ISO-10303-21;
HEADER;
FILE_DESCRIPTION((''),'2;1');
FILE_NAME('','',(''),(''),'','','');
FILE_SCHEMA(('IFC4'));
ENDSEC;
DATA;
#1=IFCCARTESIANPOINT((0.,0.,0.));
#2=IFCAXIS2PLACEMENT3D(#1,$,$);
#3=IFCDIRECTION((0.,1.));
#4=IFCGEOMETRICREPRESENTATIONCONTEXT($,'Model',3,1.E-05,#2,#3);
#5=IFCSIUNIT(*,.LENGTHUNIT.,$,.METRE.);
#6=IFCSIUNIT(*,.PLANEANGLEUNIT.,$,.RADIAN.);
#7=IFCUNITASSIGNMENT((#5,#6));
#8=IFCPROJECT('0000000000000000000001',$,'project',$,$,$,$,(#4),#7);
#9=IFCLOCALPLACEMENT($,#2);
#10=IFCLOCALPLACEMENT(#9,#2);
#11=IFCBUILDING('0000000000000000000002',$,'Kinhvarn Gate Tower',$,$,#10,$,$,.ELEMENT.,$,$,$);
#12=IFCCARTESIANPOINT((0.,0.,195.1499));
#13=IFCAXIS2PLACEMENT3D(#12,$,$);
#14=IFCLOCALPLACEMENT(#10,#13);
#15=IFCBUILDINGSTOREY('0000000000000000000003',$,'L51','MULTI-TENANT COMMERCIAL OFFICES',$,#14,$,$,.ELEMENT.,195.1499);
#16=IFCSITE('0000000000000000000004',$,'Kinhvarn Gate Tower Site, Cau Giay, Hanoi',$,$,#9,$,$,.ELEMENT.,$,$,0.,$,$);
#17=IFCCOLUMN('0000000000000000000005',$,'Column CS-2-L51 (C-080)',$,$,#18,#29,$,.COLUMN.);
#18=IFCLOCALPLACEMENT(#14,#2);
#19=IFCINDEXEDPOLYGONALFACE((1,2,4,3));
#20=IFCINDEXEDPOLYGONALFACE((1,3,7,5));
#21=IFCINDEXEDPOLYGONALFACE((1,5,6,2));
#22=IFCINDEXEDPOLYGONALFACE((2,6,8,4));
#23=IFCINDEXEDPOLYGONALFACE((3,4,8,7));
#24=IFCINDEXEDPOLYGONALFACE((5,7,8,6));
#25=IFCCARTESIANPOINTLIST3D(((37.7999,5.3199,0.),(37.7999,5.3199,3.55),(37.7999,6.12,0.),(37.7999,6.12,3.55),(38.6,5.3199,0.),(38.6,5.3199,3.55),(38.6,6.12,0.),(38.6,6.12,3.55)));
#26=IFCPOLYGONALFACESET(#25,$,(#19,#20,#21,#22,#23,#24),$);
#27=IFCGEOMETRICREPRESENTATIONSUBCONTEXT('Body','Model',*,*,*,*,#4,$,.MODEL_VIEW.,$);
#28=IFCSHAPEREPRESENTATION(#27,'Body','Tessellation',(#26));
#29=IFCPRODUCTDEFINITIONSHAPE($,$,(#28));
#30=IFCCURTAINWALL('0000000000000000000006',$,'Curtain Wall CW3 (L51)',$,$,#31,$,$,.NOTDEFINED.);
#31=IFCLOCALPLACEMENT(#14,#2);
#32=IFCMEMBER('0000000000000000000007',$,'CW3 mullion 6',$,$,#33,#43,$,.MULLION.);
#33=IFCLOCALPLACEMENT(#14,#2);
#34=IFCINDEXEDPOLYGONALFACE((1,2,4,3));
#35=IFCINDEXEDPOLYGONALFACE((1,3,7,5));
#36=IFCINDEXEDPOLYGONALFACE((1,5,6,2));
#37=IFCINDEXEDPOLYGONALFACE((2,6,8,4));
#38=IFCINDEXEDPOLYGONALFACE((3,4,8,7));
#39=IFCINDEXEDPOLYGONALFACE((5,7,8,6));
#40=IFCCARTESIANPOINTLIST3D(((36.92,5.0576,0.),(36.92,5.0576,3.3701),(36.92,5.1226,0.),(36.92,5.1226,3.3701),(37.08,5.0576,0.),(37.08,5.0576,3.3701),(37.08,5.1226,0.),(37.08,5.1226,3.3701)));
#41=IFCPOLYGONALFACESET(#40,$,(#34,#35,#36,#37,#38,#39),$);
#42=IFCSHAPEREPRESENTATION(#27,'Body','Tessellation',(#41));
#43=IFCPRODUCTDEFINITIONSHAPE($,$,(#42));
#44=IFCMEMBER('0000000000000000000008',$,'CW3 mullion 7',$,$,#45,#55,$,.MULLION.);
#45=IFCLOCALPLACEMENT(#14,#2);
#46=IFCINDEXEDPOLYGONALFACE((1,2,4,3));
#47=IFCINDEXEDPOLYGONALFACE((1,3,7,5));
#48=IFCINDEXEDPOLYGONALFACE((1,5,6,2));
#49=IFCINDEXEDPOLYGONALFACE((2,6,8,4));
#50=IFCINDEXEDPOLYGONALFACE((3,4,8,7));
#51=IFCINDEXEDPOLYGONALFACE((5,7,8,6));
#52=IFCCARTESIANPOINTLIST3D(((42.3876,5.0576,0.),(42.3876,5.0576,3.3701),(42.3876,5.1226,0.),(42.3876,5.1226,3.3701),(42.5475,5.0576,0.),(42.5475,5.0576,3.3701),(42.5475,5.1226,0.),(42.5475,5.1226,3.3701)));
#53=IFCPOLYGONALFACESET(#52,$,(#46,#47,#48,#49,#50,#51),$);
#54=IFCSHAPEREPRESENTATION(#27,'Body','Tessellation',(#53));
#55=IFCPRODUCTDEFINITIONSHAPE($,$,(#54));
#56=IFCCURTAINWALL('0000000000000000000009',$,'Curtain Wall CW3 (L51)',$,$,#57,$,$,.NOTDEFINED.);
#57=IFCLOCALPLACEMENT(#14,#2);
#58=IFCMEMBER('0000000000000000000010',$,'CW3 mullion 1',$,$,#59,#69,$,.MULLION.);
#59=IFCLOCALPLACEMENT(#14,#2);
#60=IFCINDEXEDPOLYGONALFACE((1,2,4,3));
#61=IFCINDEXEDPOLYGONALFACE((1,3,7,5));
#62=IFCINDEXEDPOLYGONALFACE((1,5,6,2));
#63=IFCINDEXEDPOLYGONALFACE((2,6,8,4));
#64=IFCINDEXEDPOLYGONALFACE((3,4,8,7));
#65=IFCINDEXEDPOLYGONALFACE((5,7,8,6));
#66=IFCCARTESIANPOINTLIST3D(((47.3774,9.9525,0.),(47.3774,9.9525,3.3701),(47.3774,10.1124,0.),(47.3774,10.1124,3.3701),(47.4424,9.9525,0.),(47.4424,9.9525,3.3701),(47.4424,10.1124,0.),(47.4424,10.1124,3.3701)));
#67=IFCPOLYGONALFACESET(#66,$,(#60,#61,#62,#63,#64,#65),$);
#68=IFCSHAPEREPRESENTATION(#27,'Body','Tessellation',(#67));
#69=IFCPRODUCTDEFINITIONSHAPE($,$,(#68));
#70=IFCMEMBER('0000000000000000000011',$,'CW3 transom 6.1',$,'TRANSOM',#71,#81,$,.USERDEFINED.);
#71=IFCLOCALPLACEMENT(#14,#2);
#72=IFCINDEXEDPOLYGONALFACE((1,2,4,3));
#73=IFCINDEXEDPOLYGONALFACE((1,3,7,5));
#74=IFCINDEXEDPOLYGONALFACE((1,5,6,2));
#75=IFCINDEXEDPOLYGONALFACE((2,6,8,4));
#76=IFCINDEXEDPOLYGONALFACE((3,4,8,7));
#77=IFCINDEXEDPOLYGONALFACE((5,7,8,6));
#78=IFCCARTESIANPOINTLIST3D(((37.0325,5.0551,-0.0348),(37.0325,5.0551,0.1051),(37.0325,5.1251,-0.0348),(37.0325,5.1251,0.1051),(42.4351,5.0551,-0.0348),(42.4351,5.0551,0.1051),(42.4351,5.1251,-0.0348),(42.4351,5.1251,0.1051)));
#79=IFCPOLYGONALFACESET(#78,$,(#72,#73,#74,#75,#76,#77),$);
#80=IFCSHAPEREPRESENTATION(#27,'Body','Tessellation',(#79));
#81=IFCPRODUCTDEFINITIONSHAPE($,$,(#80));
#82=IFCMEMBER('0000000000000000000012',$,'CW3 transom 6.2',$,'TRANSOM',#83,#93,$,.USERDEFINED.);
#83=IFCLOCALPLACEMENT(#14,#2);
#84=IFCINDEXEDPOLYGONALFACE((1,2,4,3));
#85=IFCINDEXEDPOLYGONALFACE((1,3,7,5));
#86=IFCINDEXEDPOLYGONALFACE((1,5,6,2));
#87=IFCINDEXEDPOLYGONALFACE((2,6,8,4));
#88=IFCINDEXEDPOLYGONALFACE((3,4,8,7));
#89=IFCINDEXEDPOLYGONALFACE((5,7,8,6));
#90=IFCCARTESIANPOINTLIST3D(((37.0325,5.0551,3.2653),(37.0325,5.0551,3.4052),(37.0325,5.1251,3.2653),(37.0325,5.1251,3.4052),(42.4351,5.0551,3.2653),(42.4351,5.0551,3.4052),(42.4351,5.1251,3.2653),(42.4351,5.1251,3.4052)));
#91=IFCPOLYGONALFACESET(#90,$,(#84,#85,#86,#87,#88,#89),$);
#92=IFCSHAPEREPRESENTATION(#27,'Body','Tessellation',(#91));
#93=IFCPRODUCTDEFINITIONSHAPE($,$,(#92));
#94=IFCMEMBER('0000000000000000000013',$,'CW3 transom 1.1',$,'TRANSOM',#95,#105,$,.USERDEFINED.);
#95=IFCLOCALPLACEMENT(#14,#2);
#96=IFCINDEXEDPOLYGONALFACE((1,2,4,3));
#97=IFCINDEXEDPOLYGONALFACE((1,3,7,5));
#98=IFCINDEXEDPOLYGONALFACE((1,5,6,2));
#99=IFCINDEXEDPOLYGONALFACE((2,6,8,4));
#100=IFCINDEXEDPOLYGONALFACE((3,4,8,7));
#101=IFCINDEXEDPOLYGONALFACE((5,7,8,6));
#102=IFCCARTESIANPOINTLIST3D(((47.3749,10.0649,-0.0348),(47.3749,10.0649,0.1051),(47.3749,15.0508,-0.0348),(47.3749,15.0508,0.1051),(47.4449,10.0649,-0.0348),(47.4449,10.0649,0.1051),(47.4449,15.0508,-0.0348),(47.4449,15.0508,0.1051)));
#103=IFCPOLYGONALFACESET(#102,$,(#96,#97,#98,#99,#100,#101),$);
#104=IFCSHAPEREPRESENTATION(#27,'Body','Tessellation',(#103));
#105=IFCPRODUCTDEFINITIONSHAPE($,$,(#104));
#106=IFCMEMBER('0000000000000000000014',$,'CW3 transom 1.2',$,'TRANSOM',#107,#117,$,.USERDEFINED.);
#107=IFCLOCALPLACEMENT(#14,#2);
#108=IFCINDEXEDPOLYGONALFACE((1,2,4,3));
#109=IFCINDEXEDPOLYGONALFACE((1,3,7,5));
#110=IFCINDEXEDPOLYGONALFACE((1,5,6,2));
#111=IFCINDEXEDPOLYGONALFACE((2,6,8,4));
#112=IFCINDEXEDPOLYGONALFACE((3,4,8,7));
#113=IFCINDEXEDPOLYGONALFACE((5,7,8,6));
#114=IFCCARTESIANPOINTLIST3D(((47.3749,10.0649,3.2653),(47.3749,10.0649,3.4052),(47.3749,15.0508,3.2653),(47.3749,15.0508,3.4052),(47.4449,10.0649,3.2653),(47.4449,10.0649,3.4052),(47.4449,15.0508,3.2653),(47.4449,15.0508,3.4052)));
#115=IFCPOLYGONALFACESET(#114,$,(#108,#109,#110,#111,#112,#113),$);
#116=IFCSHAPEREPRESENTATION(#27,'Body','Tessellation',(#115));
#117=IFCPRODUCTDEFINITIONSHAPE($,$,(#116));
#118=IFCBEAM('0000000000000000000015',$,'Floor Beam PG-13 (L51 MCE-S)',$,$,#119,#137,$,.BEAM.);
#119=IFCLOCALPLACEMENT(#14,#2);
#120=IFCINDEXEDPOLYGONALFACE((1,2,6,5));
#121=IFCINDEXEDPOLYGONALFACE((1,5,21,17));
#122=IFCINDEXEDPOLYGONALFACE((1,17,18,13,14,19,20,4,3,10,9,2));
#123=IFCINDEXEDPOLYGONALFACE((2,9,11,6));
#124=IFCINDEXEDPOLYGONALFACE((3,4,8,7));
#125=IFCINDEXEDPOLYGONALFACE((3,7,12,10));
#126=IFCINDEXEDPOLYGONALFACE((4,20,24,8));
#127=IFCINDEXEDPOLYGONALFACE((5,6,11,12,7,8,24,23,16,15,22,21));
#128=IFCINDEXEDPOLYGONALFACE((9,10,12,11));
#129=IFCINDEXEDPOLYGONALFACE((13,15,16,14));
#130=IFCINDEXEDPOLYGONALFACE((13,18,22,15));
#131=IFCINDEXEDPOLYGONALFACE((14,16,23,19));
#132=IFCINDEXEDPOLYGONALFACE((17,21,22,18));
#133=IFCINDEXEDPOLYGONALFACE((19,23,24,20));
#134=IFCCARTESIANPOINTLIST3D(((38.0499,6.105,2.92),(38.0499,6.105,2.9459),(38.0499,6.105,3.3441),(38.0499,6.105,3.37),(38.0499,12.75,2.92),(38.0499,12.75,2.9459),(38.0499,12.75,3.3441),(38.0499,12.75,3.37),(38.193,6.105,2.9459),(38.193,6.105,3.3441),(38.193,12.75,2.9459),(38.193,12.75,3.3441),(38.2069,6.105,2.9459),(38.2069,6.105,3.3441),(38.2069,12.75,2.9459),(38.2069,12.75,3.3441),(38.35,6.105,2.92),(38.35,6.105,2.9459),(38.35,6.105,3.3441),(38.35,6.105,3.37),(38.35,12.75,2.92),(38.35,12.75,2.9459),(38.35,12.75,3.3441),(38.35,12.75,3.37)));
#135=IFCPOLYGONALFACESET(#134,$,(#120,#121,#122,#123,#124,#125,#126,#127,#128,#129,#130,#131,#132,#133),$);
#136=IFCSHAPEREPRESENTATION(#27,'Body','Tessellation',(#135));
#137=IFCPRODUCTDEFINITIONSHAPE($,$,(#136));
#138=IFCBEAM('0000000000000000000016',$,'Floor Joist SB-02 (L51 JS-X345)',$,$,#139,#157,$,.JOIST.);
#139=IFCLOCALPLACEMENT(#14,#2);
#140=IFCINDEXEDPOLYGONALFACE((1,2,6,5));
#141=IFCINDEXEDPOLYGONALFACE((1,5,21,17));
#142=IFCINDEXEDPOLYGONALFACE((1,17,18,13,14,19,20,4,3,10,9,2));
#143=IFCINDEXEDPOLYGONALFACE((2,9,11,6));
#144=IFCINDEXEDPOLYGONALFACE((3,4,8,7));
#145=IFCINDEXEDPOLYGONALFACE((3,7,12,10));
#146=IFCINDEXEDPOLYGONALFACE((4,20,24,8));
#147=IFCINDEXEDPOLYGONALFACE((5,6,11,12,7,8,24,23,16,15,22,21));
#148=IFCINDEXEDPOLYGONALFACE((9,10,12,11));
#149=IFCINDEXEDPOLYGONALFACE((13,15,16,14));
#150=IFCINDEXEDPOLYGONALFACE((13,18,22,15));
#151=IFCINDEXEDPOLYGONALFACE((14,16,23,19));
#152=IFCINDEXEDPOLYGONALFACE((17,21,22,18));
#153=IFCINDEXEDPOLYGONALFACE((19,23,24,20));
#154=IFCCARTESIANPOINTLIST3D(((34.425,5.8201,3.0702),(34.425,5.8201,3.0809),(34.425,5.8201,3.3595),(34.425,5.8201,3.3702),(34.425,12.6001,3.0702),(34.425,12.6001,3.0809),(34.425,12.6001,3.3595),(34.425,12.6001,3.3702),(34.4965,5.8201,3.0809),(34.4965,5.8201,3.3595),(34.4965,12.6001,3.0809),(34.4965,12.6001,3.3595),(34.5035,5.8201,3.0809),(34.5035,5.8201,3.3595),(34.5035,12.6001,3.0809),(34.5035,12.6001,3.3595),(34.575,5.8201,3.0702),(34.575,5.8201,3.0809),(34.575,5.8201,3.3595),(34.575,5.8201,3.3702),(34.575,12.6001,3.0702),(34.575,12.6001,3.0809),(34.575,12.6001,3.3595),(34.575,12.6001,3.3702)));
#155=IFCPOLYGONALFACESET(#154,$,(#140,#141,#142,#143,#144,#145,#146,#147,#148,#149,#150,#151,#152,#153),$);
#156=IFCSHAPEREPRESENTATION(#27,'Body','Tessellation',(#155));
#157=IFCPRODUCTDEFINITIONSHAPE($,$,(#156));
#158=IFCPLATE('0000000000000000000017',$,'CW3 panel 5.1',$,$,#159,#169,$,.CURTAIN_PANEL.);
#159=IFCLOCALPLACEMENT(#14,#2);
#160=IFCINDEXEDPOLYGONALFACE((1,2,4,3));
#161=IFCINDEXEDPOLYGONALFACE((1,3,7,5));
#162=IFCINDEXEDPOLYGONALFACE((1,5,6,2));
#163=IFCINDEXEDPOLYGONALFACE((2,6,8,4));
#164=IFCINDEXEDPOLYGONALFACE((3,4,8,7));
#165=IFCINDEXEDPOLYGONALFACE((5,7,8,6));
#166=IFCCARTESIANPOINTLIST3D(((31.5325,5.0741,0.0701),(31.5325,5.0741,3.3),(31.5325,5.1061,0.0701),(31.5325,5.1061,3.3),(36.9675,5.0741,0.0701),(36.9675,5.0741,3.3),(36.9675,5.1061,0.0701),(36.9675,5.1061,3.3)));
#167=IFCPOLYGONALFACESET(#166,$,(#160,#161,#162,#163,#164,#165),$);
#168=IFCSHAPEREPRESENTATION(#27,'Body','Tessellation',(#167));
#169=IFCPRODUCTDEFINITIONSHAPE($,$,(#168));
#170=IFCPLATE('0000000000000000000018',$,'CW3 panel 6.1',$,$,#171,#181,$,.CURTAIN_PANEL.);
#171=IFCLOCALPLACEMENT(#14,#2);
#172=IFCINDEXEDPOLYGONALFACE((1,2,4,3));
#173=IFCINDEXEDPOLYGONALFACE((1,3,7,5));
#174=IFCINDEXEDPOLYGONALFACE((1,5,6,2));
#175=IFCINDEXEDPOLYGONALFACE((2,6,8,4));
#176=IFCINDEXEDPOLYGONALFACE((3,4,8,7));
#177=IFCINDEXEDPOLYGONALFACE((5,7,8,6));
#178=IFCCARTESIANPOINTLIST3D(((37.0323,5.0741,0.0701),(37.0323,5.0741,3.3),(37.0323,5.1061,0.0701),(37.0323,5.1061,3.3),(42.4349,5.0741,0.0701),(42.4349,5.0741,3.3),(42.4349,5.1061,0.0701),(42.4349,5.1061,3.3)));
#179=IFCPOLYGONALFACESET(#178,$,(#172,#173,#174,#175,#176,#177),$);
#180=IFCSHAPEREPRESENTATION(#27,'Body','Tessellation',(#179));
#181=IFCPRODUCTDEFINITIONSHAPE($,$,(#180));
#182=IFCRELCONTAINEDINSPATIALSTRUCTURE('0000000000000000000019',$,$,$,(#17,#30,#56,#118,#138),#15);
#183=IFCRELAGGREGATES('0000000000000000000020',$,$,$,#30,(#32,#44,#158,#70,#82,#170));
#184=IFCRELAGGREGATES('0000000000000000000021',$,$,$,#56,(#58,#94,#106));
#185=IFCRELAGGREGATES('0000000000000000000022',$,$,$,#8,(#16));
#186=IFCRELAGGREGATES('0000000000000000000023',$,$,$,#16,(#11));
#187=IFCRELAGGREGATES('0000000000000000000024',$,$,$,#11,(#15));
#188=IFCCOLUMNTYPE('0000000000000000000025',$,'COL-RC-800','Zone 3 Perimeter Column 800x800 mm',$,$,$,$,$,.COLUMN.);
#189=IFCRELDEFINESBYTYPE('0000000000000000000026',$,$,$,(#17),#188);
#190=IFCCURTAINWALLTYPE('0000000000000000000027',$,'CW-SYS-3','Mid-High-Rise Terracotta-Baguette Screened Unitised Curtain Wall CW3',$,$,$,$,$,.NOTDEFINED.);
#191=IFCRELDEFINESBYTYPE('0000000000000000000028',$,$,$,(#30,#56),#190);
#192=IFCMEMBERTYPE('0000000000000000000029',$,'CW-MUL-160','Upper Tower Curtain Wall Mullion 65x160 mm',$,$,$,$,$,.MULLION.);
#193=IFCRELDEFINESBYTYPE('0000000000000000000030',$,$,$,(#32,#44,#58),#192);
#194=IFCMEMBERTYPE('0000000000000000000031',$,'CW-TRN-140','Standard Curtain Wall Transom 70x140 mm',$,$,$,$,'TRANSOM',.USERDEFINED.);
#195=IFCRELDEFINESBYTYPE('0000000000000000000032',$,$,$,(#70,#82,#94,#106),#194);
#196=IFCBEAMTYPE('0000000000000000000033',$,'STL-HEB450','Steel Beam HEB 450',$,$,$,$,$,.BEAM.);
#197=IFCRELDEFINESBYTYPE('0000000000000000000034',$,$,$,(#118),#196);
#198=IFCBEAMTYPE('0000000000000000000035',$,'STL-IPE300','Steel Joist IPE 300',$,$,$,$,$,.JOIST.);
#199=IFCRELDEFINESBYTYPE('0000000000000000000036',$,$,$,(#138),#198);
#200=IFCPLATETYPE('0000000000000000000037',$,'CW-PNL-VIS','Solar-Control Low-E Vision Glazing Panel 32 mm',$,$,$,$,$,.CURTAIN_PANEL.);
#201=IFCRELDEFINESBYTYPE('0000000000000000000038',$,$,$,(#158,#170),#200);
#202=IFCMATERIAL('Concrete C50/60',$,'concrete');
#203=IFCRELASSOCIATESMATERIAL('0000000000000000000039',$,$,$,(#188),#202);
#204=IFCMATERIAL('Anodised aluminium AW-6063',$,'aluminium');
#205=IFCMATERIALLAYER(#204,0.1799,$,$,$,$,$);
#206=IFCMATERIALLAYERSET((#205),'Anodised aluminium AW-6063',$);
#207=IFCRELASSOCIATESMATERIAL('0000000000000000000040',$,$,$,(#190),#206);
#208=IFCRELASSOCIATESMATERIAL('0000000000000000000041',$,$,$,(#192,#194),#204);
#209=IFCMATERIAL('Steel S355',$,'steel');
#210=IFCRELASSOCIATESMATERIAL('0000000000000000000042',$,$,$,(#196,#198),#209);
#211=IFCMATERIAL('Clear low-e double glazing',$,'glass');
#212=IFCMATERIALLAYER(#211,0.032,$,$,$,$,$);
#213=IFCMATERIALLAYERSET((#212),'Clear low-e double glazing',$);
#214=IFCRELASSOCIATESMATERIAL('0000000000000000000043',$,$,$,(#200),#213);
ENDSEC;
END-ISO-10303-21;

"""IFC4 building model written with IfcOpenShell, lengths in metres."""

from ifc_helpers import new_model, si_unit, direction, frame, origin, origin_2d, place, context, subcontext, project, spatial, rectangle, i_section, extrude, material, layer, layer_set, material_profile, profile_set, type_object, element, aggregate, save


model = new_model("IFC4")

# Units and contexts
model_context = context("Model", 3, precision=1e-05, world=origin(), true_north=direction((0.0, 1.0)))
body_context = subcontext(model_context, "Body", "Model", "MODEL_VIEW")
ifc_project = project(units=[si_unit("LENGTHUNIT", "METRE"), si_unit("PLANEANGLEUNIT", "RADIAN")], contexts=[model_context])

# Site, building, storey
site_placement = place(None, origin())
site = spatial("IfcSite", under=ifc_project, at=site_placement, Name="Kinhvarn Gate Tower Site, Cau Giay, Hanoi", CompositionType="ELEMENT", RefElevation=0.0)
building_placement = place(site_placement, origin())
building = spatial("IfcBuilding", under=site, at=building_placement, Name="Kinhvarn Gate Tower", CompositionType="ELEMENT")
storey_placement = place(building_placement, frame((0.0, 0.0, 195.1499)))
storey = spatial("IfcBuildingStorey", under=building, at=storey_placement, Name="L51", Description="MULTI-TENANT COMMERCIAL OFFICES", CompositionType="ELEMENT", Elevation=195.1499)

# Column
ifc_material_1 = material(Name="Concrete C50/60", Category="concrete")
ifc_material_profile_1 = material_profile(ifc_material_1, rectangle(XDim=0.8, YDim=0.8, at=origin_2d()), Name="RC 800x800")
ifc_profile_set_1 = profile_set([ifc_material_profile_1], Name="Concrete C50/60")
column_type = type_object("IfcColumnType", Name="COL-RC-800", Description="Zone 3 Perimeter Column 800x800 mm", PredefinedType="COLUMN", material=ifc_profile_set_1)
column_placement = place(storey_placement, frame((38.2, 5.72, 0.0), z_axis=(0.0, 0.0, 1.0), x_axis=(1.0, 0.0, 0.0)))
element("IfcColumn", 1, at=column_placement, inside=storey, type_object=column_type, Name="Column CS-2-L51 (C-080)", PredefinedType="COLUMN", context=body_context, shape_type="SweptSolid", body=[
    extrude(rectangle(XDim=0.8, YDim=0.8, at=origin_2d()), origin(), (0.0, 0.0, 1.0), 3.55),
])

# Curtain wall, members
ifc_material_2 = material(Name="Anodised aluminium AW-6063", Category="aluminium")
ifc_layer_1 = layer(ifc_material_2, 0.1799)
ifc_layer_set_1 = layer_set([ifc_layer_1], Name="Anodised aluminium AW-6063")
curtain_wall_type = type_object("IfcCurtainWallType", Name="CW-SYS-3", Description="Mid-High-Rise Terracotta-Baguette Screened Unitised Curtain Wall CW3", PredefinedType="NOTDEFINED", material=ifc_layer_set_1)
curtain_wall_1_placement = place(storey_placement, origin())
curtain_wall_1 = element("IfcCurtainWall", 2, at=curtain_wall_1_placement, inside=storey, type_object=curtain_wall_type, Name="Curtain Wall CW3 (L51)", PredefinedType="NOTDEFINED")
ifc_material_profile_2 = material_profile(ifc_material_2, rectangle(XDim=0.0649, YDim=0.1599, at=origin_2d()), Name="ALU 65x160")
ifc_profile_set_2 = profile_set([ifc_material_profile_2], Name="Anodised aluminium AW-6063")
member_type_1 = type_object("IfcMemberType", Name="CW-MUL-160", Description="Upper Tower Curtain Wall Mullion 65x160 mm", PredefinedType="MULLION", material=ifc_profile_set_2)
member_1_placement = place(storey_placement, frame((37.0, 5.0901, 0.0), z_axis=(0.0, 0.0, 1.0), x_axis=(0.0, 1.0, 0.0)))
member_1 = element("IfcMember", 3, at=member_1_placement, type_object=member_type_1, Name="CW3 mullion 6", PredefinedType="MULLION", context=body_context, shape_type="SweptSolid", body=[
    extrude(rectangle(XDim=0.0649, YDim=0.1599, at=origin_2d()), origin(), (0.0, 0.0, 1.0), 3.3701),
])
member_2_placement = place(storey_placement, frame((42.4675, 5.0901, 0.0), z_axis=(0.0, 0.0, 1.0), x_axis=(0.0, 1.0, 0.0)))
member_2 = element("IfcMember", 4, at=member_2_placement, type_object=member_type_1, Name="CW3 mullion 7", PredefinedType="MULLION", context=body_context, shape_type="SweptSolid", body=[
    extrude(rectangle(XDim=0.0649, YDim=0.1599, at=origin_2d()), origin(), (0.0, 0.0, 1.0), 3.3701),
])

# Curtain wall, member
curtain_wall_2_placement = place(storey_placement, origin())
curtain_wall_2 = element("IfcCurtainWall", 5, at=curtain_wall_2_placement, inside=storey, type_object=curtain_wall_type, Name="Curtain Wall CW3 (L51)", PredefinedType="NOTDEFINED")
member_3_placement = place(storey_placement, frame((47.4099, 10.0325, 0.0), z_axis=(0.0, 0.0, 1.0), x_axis=(-1.0, 0.0, 0.0)))
member_3 = element("IfcMember", 6, at=member_3_placement, type_object=member_type_1, Name="CW3 mullion 1", PredefinedType="MULLION", context=body_context, shape_type="SweptSolid", body=[
    extrude(rectangle(XDim=0.0649, YDim=0.1599, at=origin_2d()), origin(), (0.0, 0.0, 1.0), 3.3701),
])

# Members
ifc_material_profile_3 = material_profile(ifc_material_2, rectangle(XDim=0.0701, YDim=0.1399, at=origin_2d()), Name="ALU 70x140")
ifc_profile_set_3 = profile_set([ifc_material_profile_3], Name="Anodised aluminium AW-6063")
member_type_2 = type_object("IfcMemberType", Name="CW-TRN-140", Description="Standard Curtain Wall Transom 70x140 mm", ElementType="TRANSOM", PredefinedType="USERDEFINED", material=ifc_profile_set_3)
member_4_placement = place(storey_placement, frame((37.0325, 5.0901, 0.0352), z_axis=(1.0, 0.0, 0.0), x_axis=(0.0, 1.0, 0.0)))
member_4 = element("IfcMember", 7, at=member_4_placement, type_object=member_type_2, Name="CW3 transom 6.1", ObjectType="TRANSOM", PredefinedType="USERDEFINED", context=body_context, shape_type="SweptSolid", body=[
    extrude(rectangle(XDim=0.0701, YDim=0.1399, at=origin_2d()), origin(), (0.0, 0.0, 1.0), 5.4026),
])
member_5_placement = place(storey_placement, frame((37.0325, 5.0901, 3.3352), z_axis=(1.0, 0.0, 0.0), x_axis=(0.0, 1.0, 0.0)))
member_5 = element("IfcMember", 8, at=member_5_placement, type_object=member_type_2, Name="CW3 transom 6.2", ObjectType="TRANSOM", PredefinedType="USERDEFINED", context=body_context, shape_type="SweptSolid", body=[
    extrude(rectangle(XDim=0.0701, YDim=0.1399, at=origin_2d()), origin(), (0.0, 0.0, 1.0), 5.4026),
])
member_6_placement = place(storey_placement, frame((47.4099, 10.0649, 0.0352), z_axis=(0.0, 1.0, 0.0), x_axis=(-1.0, 0.0, 0.0)))
member_6 = element("IfcMember", 9, at=member_6_placement, type_object=member_type_2, Name="CW3 transom 1.1", ObjectType="TRANSOM", PredefinedType="USERDEFINED", context=body_context, shape_type="SweptSolid", body=[
    extrude(rectangle(XDim=0.0701, YDim=0.1399, at=origin_2d()), origin(), (0.0, 0.0, 1.0), 4.9858),
])
member_7_placement = place(storey_placement, frame((47.4099, 10.0649, 3.3352), z_axis=(0.0, 1.0, 0.0), x_axis=(-1.0, 0.0, 0.0)))
member_7 = element("IfcMember", 10, at=member_7_placement, type_object=member_type_2, Name="CW3 transom 1.2", ObjectType="TRANSOM", PredefinedType="USERDEFINED", context=body_context, shape_type="SweptSolid", body=[
    extrude(rectangle(XDim=0.0701, YDim=0.1399, at=origin_2d()), origin(), (0.0, 0.0, 1.0), 4.9858),
])

# Beams
ifc_material_3 = material(Name="Steel S355", Category="steel")
ifc_material_profile_4 = material_profile(ifc_material_3, i_section(OverallWidth=0.3, OverallDepth=0.45, WebThickness=0.0139, FlangeThickness=0.0259, at=origin_2d()), Name="HEB 450")
ifc_profile_set_4 = profile_set([ifc_material_profile_4], Name="Steel S355")
beam_type_1 = type_object("IfcBeamType", Name="STL-HEB450", Description="Steel Beam HEB 450", PredefinedType="BEAM", material=ifc_profile_set_4)
beam_1_placement = place(storey_placement, frame((38.2, 6.105, 3.145), z_axis=(0.0, 1.0, 0.0), x_axis=(-1.0, 0.0, 0.0)))
element("IfcBeam", 11, at=beam_1_placement, inside=storey, type_object=beam_type_1, Name="Floor Beam PG-13 (L51 MCE-S)", PredefinedType="BEAM", context=body_context, shape_type="SweptSolid", body=[
    extrude(i_section(OverallWidth=0.3, OverallDepth=0.45, WebThickness=0.0139, FlangeThickness=0.0259, at=origin_2d()), origin(), (0.0, 0.0, 1.0), 6.645),
])
ifc_material_profile_5 = material_profile(ifc_material_3, i_section(OverallWidth=0.1499, OverallDepth=0.3, WebThickness=0.0071, FlangeThickness=0.0107, at=origin_2d()), Name="IPE 300")
ifc_profile_set_5 = profile_set([ifc_material_profile_5], Name="Steel S355")
beam_type_2 = type_object("IfcBeamType", Name="STL-IPE300", Description="Steel Joist IPE 300", PredefinedType="JOIST", material=ifc_profile_set_5)
beam_2_placement = place(storey_placement, frame((34.5, 5.8201, 3.2202), z_axis=(0.0, 1.0, 0.0), x_axis=(-1.0, 0.0, 0.0)))
element("IfcBeam", 12, at=beam_2_placement, inside=storey, type_object=beam_type_2, Name="Floor Joist SB-02 (L51 JS-X345)", PredefinedType="JOIST", context=body_context, shape_type="SweptSolid", body=[
    extrude(i_section(OverallWidth=0.1499, OverallDepth=0.3, WebThickness=0.0071, FlangeThickness=0.0107, at=origin_2d()), origin(), (0.0, 0.0, 1.0), 6.78),
])

# Plates
ifc_material_4 = material(Name="Clear low-e double glazing", Category="glass")
ifc_layer_2 = layer(ifc_material_4, 0.032)
ifc_layer_set_2 = layer_set([ifc_layer_2], Name="Clear low-e double glazing")
plate_type = type_object("IfcPlateType", Name="CW-PNL-VIS", Description="Solar-Control Low-E Vision Glazing Panel 32 mm", PredefinedType="CURTAIN_PANEL", material=ifc_layer_set_2)
plate_1_placement = place(storey_placement, frame((34.25, 5.0901, 0.0701), z_axis=(0.0, 0.0, 1.0), x_axis=(1.0, 0.0, 0.0)))
plate_1 = element("IfcPlate", 13, at=plate_1_placement, type_object=plate_type, Name="CW3 panel 5.1", PredefinedType="CURTAIN_PANEL", context=body_context, shape_type="SweptSolid", body=[
    extrude(rectangle(XDim=5.4351, YDim=0.032, at=origin_2d()), origin(), (0.0, 0.0, 1.0), 3.23),
])
plate_2_placement = place(storey_placement, frame((39.7336, 5.0901, 0.0701), z_axis=(0.0, 0.0, 1.0), x_axis=(1.0, 0.0, 0.0)))
plate_2 = element("IfcPlate", 14, at=plate_2_placement, type_object=plate_type, Name="CW3 panel 6.1", PredefinedType="CURTAIN_PANEL", context=body_context, shape_type="SweptSolid", body=[
    extrude(rectangle(XDim=5.4026, YDim=0.032, at=origin_2d()), origin(), (0.0, 0.0, 1.0), 3.23),
])
aggregate(curtain_wall_1, [member_1, member_2, plate_1, member_4, member_5, plate_2])
aggregate(curtain_wall_2, [member_3, member_6, member_7])

save(model, "model.ifc")
